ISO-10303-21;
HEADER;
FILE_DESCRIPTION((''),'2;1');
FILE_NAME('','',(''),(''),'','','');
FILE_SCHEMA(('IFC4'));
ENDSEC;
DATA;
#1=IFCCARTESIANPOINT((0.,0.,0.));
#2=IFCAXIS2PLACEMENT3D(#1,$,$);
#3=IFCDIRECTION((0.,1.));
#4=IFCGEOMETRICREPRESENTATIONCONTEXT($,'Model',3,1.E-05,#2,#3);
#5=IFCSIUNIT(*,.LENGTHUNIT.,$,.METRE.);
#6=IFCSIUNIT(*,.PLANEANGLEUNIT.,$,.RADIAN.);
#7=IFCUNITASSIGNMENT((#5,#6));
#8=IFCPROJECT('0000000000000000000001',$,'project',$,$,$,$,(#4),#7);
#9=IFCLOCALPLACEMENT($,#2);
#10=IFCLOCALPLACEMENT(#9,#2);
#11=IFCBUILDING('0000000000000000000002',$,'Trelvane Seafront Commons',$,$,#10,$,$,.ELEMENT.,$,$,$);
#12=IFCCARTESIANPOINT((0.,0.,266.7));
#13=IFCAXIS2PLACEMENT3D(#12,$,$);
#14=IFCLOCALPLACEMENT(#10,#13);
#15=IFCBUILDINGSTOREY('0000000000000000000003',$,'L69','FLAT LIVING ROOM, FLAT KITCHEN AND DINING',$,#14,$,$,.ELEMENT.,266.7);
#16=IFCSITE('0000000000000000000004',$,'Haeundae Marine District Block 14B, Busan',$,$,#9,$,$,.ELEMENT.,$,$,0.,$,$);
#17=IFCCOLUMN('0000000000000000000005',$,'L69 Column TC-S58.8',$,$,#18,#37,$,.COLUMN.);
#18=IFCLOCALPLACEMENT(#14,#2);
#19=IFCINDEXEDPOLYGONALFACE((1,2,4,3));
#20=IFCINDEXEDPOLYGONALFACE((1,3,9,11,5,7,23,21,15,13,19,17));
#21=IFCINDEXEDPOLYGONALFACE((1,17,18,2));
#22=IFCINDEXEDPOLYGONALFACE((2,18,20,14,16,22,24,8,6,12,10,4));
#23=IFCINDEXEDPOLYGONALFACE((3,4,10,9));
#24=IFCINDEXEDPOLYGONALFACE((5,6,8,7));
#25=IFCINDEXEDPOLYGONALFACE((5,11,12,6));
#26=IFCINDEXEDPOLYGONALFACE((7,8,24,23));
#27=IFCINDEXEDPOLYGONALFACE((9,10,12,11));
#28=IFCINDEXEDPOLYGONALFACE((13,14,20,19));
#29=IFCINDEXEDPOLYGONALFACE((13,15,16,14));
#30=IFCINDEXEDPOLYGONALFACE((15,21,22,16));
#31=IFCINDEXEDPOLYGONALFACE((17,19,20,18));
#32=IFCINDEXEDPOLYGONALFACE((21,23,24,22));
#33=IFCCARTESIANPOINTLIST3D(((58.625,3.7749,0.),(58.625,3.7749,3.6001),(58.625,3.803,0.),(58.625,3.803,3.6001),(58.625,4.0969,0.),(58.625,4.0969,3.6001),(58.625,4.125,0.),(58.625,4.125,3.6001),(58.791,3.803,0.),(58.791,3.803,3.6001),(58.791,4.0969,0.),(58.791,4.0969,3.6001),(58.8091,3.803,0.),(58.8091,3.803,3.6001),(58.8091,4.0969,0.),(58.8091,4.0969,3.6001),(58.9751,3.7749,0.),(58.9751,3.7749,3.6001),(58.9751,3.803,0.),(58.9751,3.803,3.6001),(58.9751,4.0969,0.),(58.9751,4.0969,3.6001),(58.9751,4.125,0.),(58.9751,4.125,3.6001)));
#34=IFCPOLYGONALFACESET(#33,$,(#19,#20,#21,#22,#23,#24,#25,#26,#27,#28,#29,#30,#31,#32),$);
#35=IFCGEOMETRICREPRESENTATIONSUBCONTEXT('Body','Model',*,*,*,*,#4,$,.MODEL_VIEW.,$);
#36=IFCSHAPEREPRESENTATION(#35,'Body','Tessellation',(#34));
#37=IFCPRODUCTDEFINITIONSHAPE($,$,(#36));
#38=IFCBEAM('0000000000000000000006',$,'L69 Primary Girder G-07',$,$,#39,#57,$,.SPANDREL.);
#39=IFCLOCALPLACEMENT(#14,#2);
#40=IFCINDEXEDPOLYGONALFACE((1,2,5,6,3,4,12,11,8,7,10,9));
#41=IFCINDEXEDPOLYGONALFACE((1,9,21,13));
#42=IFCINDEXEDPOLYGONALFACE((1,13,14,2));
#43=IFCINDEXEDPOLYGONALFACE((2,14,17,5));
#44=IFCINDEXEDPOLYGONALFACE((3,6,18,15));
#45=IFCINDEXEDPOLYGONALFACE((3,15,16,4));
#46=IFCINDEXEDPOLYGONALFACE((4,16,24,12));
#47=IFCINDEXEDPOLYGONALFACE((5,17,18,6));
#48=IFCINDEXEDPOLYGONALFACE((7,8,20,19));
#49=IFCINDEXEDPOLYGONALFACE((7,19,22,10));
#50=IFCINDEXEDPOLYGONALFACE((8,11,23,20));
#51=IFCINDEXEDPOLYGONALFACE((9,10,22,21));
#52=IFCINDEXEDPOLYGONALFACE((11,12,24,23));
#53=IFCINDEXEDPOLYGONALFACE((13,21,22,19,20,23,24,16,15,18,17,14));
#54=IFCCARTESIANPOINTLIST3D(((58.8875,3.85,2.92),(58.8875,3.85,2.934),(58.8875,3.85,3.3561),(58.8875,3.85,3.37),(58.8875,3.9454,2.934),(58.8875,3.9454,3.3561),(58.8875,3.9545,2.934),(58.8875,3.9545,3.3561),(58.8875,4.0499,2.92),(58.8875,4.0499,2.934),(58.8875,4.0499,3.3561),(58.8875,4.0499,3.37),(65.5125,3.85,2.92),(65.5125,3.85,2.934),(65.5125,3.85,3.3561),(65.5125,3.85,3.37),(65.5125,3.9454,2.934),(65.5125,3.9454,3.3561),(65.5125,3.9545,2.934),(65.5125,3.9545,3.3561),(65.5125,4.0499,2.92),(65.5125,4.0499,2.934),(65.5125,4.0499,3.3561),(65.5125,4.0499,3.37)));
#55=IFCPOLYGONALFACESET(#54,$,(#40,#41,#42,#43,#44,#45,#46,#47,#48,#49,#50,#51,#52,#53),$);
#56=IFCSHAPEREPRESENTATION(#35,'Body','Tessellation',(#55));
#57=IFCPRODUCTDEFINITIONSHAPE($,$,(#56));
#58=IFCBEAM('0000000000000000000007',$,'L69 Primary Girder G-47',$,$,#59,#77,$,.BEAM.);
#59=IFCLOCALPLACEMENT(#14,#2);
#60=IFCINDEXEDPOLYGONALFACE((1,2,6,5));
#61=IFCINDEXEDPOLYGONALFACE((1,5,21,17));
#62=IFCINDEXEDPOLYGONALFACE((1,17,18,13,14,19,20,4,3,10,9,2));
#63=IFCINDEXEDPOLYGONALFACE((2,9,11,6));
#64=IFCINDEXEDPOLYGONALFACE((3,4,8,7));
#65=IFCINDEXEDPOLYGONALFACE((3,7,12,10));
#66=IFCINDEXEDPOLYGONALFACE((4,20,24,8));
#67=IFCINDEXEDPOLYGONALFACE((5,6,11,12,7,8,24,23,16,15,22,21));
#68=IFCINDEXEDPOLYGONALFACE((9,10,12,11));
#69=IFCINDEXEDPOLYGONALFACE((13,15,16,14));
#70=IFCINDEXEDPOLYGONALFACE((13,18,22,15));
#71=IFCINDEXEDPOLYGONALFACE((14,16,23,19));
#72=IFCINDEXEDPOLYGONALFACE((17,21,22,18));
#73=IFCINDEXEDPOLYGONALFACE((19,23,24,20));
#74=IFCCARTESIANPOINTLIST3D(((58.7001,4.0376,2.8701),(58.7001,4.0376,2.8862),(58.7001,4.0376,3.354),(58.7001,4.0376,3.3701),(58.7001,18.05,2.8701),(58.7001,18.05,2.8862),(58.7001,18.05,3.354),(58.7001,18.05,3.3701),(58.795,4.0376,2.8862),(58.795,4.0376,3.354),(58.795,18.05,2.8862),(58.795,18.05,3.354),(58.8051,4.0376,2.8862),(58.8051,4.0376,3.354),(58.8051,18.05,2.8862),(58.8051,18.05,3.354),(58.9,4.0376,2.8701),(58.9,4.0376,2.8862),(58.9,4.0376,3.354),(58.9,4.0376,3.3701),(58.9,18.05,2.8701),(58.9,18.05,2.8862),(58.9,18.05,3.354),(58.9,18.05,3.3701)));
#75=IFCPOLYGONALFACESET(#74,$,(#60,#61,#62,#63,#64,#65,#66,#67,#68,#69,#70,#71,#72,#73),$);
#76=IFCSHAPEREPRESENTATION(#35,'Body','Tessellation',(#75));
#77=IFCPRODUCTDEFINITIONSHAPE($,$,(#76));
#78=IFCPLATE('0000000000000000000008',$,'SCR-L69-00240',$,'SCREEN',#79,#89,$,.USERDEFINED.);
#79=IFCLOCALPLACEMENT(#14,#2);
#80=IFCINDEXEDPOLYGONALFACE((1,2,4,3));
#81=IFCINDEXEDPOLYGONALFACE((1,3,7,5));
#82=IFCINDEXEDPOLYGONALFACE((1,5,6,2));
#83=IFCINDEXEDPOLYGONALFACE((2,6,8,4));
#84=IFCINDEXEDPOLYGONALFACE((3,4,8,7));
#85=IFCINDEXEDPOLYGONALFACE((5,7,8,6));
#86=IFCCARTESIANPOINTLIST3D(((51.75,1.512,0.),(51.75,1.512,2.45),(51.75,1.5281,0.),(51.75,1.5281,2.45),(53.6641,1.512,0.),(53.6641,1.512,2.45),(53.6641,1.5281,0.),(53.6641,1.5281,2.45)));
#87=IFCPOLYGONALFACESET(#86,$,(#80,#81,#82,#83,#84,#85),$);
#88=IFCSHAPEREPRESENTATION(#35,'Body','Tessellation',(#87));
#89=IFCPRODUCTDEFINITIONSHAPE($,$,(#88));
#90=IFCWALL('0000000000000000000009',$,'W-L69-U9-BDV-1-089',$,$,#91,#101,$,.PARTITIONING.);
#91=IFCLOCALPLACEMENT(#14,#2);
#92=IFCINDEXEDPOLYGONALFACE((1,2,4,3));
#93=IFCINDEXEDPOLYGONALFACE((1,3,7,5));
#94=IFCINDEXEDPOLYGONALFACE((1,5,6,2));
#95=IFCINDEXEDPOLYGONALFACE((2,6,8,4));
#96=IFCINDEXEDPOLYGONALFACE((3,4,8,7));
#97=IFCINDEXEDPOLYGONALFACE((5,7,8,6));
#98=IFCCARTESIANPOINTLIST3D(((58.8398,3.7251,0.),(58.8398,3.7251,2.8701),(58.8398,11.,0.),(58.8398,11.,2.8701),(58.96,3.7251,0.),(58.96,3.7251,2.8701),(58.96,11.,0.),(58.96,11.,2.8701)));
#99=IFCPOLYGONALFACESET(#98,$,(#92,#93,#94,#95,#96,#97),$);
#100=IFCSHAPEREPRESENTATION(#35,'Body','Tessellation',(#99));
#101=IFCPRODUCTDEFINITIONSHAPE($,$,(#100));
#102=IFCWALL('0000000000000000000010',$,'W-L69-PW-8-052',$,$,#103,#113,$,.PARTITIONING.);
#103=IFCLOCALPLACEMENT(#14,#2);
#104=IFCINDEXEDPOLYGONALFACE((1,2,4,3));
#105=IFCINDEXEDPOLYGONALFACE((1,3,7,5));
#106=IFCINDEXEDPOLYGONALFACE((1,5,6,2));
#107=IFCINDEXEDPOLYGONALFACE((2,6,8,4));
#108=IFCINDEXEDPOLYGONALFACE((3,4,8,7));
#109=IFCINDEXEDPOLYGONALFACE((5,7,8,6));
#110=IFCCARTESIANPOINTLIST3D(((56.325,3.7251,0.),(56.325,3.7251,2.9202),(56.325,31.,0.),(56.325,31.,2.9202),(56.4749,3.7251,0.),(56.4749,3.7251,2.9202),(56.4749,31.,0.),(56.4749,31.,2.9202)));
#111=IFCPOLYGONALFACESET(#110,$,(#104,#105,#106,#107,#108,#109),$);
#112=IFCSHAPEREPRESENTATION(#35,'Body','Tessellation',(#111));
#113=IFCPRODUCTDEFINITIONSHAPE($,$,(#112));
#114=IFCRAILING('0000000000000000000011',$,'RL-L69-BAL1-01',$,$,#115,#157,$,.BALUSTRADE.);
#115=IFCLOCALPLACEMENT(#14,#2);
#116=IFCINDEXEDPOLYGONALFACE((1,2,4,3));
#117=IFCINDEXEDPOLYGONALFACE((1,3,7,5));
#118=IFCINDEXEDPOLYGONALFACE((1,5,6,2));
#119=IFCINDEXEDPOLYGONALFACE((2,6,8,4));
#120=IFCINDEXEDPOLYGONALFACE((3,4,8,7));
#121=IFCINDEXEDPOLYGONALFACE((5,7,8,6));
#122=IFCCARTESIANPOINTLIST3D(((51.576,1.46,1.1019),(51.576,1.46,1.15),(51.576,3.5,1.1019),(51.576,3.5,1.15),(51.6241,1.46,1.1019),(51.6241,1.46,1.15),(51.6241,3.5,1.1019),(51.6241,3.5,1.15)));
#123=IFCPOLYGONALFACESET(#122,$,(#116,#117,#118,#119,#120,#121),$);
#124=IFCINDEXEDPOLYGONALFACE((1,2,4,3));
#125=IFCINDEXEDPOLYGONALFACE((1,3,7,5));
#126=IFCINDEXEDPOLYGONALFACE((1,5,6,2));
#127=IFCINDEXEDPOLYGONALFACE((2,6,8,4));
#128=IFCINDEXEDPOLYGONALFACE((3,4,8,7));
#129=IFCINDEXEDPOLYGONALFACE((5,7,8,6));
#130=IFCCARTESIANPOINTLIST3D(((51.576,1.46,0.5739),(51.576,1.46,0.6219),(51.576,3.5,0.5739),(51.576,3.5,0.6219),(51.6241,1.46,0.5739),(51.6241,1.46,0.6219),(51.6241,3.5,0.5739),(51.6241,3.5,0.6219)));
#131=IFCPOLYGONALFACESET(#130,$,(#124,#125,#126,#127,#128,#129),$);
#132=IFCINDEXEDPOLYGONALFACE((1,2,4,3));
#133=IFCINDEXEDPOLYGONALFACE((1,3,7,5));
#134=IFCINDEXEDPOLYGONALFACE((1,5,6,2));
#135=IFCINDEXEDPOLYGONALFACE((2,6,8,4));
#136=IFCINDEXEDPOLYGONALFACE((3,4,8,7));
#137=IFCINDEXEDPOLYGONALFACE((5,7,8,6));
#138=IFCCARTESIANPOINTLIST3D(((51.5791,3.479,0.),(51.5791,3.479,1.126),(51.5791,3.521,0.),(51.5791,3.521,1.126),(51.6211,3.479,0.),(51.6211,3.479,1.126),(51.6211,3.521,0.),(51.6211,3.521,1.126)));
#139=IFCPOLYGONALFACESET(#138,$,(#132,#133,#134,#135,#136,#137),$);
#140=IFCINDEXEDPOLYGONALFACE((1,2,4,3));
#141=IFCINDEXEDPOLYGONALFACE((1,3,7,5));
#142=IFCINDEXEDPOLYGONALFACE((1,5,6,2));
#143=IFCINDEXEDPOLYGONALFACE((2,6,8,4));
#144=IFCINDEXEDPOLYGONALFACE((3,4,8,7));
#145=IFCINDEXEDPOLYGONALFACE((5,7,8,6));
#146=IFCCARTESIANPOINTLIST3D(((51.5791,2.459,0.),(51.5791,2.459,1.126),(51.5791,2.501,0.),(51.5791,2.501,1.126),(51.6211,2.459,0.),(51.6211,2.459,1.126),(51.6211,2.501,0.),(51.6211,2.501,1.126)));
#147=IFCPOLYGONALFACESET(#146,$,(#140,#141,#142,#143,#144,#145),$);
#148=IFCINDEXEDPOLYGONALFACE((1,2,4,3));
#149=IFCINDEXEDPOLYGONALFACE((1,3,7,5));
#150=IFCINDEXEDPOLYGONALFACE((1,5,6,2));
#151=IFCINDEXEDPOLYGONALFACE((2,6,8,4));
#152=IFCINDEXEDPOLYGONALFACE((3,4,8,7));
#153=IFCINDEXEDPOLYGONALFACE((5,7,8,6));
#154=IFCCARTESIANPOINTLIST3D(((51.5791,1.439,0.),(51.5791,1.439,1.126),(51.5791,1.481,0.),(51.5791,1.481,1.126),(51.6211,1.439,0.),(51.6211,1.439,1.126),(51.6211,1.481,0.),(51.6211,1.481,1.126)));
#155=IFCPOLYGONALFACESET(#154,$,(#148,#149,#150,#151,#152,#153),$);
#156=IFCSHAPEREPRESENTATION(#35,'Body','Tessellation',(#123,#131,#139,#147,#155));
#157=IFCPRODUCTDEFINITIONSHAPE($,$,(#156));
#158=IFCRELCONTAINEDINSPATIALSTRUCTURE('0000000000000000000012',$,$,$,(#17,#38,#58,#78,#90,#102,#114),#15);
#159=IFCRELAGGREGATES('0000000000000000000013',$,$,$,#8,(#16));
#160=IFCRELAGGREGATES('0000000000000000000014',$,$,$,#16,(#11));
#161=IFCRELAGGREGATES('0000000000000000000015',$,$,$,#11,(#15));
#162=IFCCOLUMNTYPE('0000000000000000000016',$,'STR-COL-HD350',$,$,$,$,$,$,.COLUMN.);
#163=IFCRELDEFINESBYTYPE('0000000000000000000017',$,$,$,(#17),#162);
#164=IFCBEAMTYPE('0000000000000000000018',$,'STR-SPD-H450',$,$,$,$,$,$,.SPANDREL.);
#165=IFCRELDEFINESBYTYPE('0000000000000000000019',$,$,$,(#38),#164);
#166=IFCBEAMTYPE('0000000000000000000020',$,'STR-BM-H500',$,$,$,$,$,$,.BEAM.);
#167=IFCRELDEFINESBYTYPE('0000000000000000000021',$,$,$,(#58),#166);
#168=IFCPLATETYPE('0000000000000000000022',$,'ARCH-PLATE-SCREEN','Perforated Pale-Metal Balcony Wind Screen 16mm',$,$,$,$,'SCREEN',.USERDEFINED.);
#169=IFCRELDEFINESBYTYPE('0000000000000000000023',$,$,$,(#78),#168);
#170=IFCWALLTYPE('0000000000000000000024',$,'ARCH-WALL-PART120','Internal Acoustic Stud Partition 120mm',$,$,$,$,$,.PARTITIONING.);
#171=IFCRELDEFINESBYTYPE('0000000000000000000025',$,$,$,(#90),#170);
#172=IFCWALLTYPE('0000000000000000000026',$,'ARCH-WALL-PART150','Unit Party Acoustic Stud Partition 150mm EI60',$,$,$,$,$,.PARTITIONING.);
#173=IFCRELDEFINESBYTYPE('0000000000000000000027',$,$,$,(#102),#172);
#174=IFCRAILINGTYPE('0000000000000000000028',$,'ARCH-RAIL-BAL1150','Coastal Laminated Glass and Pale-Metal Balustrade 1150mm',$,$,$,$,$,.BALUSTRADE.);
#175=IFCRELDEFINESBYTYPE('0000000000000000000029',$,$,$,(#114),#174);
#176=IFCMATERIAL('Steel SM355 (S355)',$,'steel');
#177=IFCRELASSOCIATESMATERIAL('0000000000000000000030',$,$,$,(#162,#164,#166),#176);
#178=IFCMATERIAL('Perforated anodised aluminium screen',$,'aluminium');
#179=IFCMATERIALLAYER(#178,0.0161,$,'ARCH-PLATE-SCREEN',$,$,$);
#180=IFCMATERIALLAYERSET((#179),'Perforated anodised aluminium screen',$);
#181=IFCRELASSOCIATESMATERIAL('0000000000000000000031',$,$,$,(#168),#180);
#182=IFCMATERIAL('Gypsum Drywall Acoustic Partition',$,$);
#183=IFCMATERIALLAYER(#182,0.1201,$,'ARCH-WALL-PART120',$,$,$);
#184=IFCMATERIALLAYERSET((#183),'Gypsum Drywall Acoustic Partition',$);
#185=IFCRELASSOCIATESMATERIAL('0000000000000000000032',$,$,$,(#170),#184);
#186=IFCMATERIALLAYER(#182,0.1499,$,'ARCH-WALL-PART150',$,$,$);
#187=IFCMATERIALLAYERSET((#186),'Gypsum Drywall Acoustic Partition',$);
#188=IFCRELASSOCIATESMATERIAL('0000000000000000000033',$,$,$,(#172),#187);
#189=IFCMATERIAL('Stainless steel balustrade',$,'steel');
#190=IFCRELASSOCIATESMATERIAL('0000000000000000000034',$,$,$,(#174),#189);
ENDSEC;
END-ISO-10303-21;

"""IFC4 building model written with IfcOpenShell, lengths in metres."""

from ifc_helpers import new_model, si_unit, direction, frame, frame_2d, origin, origin_2d, place, context, subcontext, project, spatial, rectangle, i_section, extrude, source, transform, mapped, material, layer, layer_set, material_profile, profile_set, type_object, element, save


model = new_model("IFC4")

# Units and contexts
model_context = context("Model", 3, precision=1e-05, world=origin(), true_north=direction((0.0, 1.0)))
body_context = subcontext(model_context, "Body", "Model", "MODEL_VIEW")
ifc_project = project(units=[si_unit("LENGTHUNIT", "METRE"), si_unit("PLANEANGLEUNIT", "RADIAN")], contexts=[model_context])

# Site, building, storey
site_placement = place(None, origin())
site = spatial("IfcSite", under=ifc_project, at=site_placement, Name="Haeundae Marine District Block 14B, Busan", CompositionType="ELEMENT", RefElevation=0.0)
building_placement = place(site_placement, origin())
building = spatial("IfcBuilding", under=site, at=building_placement, Name="Trelvane Seafront Commons", CompositionType="ELEMENT")
storey_placement = place(building_placement, frame((0.0, 0.0, 266.7)))
storey = spatial("IfcBuildingStorey", under=building, at=storey_placement, Name="L69", Description="FLAT LIVING ROOM, FLAT KITCHEN AND DINING", CompositionType="ELEMENT", Elevation=266.7)

# Column
ifc_material_1 = material(Name="Steel SM355 (S355)", Category="steel")
ifc_material_profile_1 = material_profile(ifc_material_1, i_section(OverallWidth=0.3501, OverallDepth=0.3501, WebThickness=0.0181, FlangeThickness=0.0281, at=origin_2d()), Name="HD-350x350x18x28")
ifc_profile_set_1 = profile_set([ifc_material_profile_1], Name="Steel SM355 (S355)")
column_type = type_object("IfcColumnType", Name="STR-COL-HD350", PredefinedType="COLUMN", material=ifc_profile_set_1)
shared_shape_1 = source(origin(), body_context, "Body", "SweptSolid", [
    extrude(i_section(OverallWidth=0.3501, OverallDepth=0.3501, WebThickness=0.0181, FlangeThickness=0.0281, at=origin_2d()), origin(), (0.0, 0.0, 1.0), 3.6001),
])
column_placement = place(storey_placement, frame((58.8, 3.95, 0.0), z_axis=(0.0, 0.0, 1.0), x_axis=(1.0, 0.0, 0.0)))
element("IfcColumn", 1, at=column_placement, inside=storey, type_object=column_type, Name="L69 Column TC-S58.8", PredefinedType="COLUMN", context=body_context, shape_type="MappedRepresentation", body=[
    mapped(shared_shape_1, transform((0.0, 0.0, 0.0), x_axis=(1.0, 0.0, 0.0), y_axis=(0.0, 1.0, 0.0), z_axis=(0.0, 0.0, 1.0), scale=1.0)),
])

# Beams
ifc_material_profile_2 = material_profile(ifc_material_1, i_section(OverallWidth=0.2, OverallDepth=0.45, WebThickness=0.009, FlangeThickness=0.0139, at=origin_2d()), Name="H-450x200x9x14")
ifc_profile_set_2 = profile_set([ifc_material_profile_2], Name="Steel SM355 (S355)")
beam_type_1 = type_object("IfcBeamType", Name="STR-SPD-H450", PredefinedType="SPANDREL", material=ifc_profile_set_2)
shared_shape_2 = source(origin(), body_context, "Body", "SweptSolid", [
    extrude(i_section(OverallWidth=0.2, OverallDepth=0.45, WebThickness=0.009, FlangeThickness=0.0139, at=origin_2d()), origin(), (0.0, 0.0, 1.0), 6.625),
])
beam_1_placement = place(storey_placement, frame((58.8875, 3.95, 3.145), z_axis=(1.0, 0.0, 0.0), x_axis=(0.0, 1.0, 0.0)))
element("IfcBeam", 2, at=beam_1_placement, inside=storey, type_object=beam_type_1, Name="L69 Primary Girder G-07", PredefinedType="SPANDREL", context=body_context, shape_type="MappedRepresentation", body=[
    mapped(shared_shape_2, transform((0.0, 0.0, 0.0), x_axis=(1.0, 0.0, 0.0), y_axis=(0.0, 1.0, 0.0), z_axis=(0.0, 0.0, 1.0), scale=1.0)),
])
ifc_material_profile_3 = material_profile(ifc_material_1, i_section(OverallWidth=0.2, OverallDepth=0.5, WebThickness=0.01, FlangeThickness=0.0161, at=origin_2d()), Name="H-500x200x10x16")
ifc_profile_set_3 = profile_set([ifc_material_profile_3], Name="Steel SM355 (S355)")
beam_type_2 = type_object("IfcBeamType", Name="STR-BM-H500", PredefinedType="BEAM", material=ifc_profile_set_3)
shared_shape_3 = source(origin(), body_context, "Body", "SweptSolid", [
    extrude(i_section(OverallWidth=0.2, OverallDepth=0.5, WebThickness=0.01, FlangeThickness=0.0161, at=origin_2d()), origin(), (0.0, 0.0, 1.0), 14.0125),
])
beam_2_placement = place(storey_placement, frame((58.8, 4.0376, 3.1201), z_axis=(0.0, 1.0, 0.0), x_axis=(-1.0, 0.0, 0.0)))
element("IfcBeam", 3, at=beam_2_placement, inside=storey, type_object=beam_type_2, Name="L69 Primary Girder G-47", PredefinedType="BEAM", context=body_context, shape_type="MappedRepresentation", body=[
    mapped(shared_shape_3, transform((0.0, 0.0, 0.0), x_axis=(1.0, 0.0, 0.0), y_axis=(0.0, 1.0, 0.0), z_axis=(0.0, 0.0, 1.0), scale=1.0)),
])

# Plate
ifc_material_2 = material(Name="Perforated anodised aluminium screen", Category="aluminium")
ifc_layer_1 = layer(ifc_material_2, 0.0161, Name="ARCH-PLATE-SCREEN")
ifc_layer_set_1 = layer_set([ifc_layer_1], Name="Perforated anodised aluminium screen")
plate_type = type_object("IfcPlateType", Name="ARCH-PLATE-SCREEN", Description="Perforated Pale-Metal Balcony Wind Screen 16mm", ElementType="SCREEN", PredefinedType="USERDEFINED", material=ifc_layer_set_1)
shared_shape_4 = source(origin(), body_context, "Body", "SweptSolid", [
    extrude(rectangle(XDim=1.9141, YDim=0.0161, at=origin_2d()), origin(), (0.0, 0.0, 1.0), 2.45),
])
plate_placement = place(storey_placement, frame((52.707, 1.52, 0.0), z_axis=(0.0, 0.0, 1.0), x_axis=(1.0, 0.0, 0.0)))
element("IfcPlate", 4, at=plate_placement, inside=storey, type_object=plate_type, Name="SCR-L69-00240", ObjectType="SCREEN", PredefinedType="USERDEFINED", context=body_context, shape_type="MappedRepresentation", body=[
    mapped(shared_shape_4, transform((0.0, 0.0, 0.0), x_axis=(1.0, 0.0, 0.0), y_axis=(0.0, 1.0, 0.0), z_axis=(0.0, 0.0, 1.0), scale=1.0)),
])

# Shared definitions
ifc_material_3 = material(Name="Gypsum Drywall Acoustic Partition")
ifc_layer_2 = layer(ifc_material_3, 0.1201, Name="ARCH-WALL-PART120")
ifc_layer_set_2 = layer_set([ifc_layer_2], Name="Gypsum Drywall Acoustic Partition")
wall_type_1 = type_object("IfcWallType", Name="ARCH-WALL-PART120", Description="Internal Acoustic Stud Partition 120mm", PredefinedType="PARTITIONING", material=ifc_layer_set_2)

# Walls
wall_1_placement = place(storey_placement, frame((58.8999, 3.7251, 0.0), z_axis=(0.0, 0.0, 1.0), x_axis=(0.0, 1.0, 0.0)))
element("IfcWall", 5, at=wall_1_placement, inside=storey, type_object=wall_type_1, Name="W-L69-U9-BDV-1-089", PredefinedType="PARTITIONING", context=body_context, shape_type="SweptSolid", body=[
    extrude(rectangle(XDim=7.2749, YDim=0.1201, at=frame_2d((3.6375, 0.0))), origin(), (0.0, 0.0, 1.0), 2.8701),
])
ifc_layer_3 = layer(ifc_material_3, 0.1499, Name="ARCH-WALL-PART150")
ifc_layer_set_3 = layer_set([ifc_layer_3], Name="Gypsum Drywall Acoustic Partition")
wall_type_2 = type_object("IfcWallType", Name="ARCH-WALL-PART150", Description="Unit Party Acoustic Stud Partition 150mm EI60", PredefinedType="PARTITIONING", material=ifc_layer_set_3)
wall_2_placement = place(storey_placement, frame((56.3999, 3.7251, 0.0), z_axis=(0.0, 0.0, 1.0), x_axis=(0.0, 1.0, 0.0)))
element("IfcWall", 6, at=wall_2_placement, inside=storey, type_object=wall_type_2, Name="W-L69-PW-8-052", PredefinedType="PARTITIONING", context=body_context, shape_type="SweptSolid", body=[
    extrude(rectangle(XDim=27.2749, YDim=0.1499, at=frame_2d((13.6375, 0.0))), origin(), (0.0, 0.0, 1.0), 2.9202),
])

# Railing
ifc_material_4 = material(Name="Stainless steel balustrade", Category="steel")
railing_type = type_object("IfcRailingType", Name="ARCH-RAIL-BAL1150", Description="Coastal Laminated Glass and Pale-Metal Balustrade 1150mm", PredefinedType="BALUSTRADE", material=ifc_material_4)
railing_1_placement = place(storey_placement, frame((51.6001, 3.5, 0.0)))
element("IfcRailing", 7, at=railing_1_placement, inside=storey, type_object=railing_type, Name="RL-L69-BAL1-01", PredefinedType="BALUSTRADE", context=body_context, shape_type="SweptSolid", body=[
    extrude(rectangle(XDim=0.0481, YDim=0.0481, at=origin_2d()), frame((0.0, 0.0, 1.126), z_axis=(0.0, -1.0, 0.0), x_axis=(1.0, 0.0, 0.0)), (0.0, 0.0, 1.0), 2.04),
    extrude(rectangle(XDim=0.0481, YDim=0.0481, at=origin_2d()), frame((0.0, 0.0, 0.5979), z_axis=(0.0, -1.0, 0.0), x_axis=(1.0, 0.0, 0.0)), (0.0, 0.0, 1.0), 2.04),
    extrude(rectangle(XDim=0.042, YDim=0.042, at=origin_2d()), origin(), (0.0, 0.0, 1.0), 1.126),
    extrude(rectangle(XDim=0.042, YDim=0.042, at=origin_2d()), frame((0.0, -1.02, 0.0)), (0.0, 0.0, 1.0), 1.126),
    extrude(rectangle(XDim=0.042, YDim=0.042, at=origin_2d()), frame((0.0, -2.04, 0.0)), (0.0, 0.0, 1.0), 1.126),
])

save(model, "model.ifc")
